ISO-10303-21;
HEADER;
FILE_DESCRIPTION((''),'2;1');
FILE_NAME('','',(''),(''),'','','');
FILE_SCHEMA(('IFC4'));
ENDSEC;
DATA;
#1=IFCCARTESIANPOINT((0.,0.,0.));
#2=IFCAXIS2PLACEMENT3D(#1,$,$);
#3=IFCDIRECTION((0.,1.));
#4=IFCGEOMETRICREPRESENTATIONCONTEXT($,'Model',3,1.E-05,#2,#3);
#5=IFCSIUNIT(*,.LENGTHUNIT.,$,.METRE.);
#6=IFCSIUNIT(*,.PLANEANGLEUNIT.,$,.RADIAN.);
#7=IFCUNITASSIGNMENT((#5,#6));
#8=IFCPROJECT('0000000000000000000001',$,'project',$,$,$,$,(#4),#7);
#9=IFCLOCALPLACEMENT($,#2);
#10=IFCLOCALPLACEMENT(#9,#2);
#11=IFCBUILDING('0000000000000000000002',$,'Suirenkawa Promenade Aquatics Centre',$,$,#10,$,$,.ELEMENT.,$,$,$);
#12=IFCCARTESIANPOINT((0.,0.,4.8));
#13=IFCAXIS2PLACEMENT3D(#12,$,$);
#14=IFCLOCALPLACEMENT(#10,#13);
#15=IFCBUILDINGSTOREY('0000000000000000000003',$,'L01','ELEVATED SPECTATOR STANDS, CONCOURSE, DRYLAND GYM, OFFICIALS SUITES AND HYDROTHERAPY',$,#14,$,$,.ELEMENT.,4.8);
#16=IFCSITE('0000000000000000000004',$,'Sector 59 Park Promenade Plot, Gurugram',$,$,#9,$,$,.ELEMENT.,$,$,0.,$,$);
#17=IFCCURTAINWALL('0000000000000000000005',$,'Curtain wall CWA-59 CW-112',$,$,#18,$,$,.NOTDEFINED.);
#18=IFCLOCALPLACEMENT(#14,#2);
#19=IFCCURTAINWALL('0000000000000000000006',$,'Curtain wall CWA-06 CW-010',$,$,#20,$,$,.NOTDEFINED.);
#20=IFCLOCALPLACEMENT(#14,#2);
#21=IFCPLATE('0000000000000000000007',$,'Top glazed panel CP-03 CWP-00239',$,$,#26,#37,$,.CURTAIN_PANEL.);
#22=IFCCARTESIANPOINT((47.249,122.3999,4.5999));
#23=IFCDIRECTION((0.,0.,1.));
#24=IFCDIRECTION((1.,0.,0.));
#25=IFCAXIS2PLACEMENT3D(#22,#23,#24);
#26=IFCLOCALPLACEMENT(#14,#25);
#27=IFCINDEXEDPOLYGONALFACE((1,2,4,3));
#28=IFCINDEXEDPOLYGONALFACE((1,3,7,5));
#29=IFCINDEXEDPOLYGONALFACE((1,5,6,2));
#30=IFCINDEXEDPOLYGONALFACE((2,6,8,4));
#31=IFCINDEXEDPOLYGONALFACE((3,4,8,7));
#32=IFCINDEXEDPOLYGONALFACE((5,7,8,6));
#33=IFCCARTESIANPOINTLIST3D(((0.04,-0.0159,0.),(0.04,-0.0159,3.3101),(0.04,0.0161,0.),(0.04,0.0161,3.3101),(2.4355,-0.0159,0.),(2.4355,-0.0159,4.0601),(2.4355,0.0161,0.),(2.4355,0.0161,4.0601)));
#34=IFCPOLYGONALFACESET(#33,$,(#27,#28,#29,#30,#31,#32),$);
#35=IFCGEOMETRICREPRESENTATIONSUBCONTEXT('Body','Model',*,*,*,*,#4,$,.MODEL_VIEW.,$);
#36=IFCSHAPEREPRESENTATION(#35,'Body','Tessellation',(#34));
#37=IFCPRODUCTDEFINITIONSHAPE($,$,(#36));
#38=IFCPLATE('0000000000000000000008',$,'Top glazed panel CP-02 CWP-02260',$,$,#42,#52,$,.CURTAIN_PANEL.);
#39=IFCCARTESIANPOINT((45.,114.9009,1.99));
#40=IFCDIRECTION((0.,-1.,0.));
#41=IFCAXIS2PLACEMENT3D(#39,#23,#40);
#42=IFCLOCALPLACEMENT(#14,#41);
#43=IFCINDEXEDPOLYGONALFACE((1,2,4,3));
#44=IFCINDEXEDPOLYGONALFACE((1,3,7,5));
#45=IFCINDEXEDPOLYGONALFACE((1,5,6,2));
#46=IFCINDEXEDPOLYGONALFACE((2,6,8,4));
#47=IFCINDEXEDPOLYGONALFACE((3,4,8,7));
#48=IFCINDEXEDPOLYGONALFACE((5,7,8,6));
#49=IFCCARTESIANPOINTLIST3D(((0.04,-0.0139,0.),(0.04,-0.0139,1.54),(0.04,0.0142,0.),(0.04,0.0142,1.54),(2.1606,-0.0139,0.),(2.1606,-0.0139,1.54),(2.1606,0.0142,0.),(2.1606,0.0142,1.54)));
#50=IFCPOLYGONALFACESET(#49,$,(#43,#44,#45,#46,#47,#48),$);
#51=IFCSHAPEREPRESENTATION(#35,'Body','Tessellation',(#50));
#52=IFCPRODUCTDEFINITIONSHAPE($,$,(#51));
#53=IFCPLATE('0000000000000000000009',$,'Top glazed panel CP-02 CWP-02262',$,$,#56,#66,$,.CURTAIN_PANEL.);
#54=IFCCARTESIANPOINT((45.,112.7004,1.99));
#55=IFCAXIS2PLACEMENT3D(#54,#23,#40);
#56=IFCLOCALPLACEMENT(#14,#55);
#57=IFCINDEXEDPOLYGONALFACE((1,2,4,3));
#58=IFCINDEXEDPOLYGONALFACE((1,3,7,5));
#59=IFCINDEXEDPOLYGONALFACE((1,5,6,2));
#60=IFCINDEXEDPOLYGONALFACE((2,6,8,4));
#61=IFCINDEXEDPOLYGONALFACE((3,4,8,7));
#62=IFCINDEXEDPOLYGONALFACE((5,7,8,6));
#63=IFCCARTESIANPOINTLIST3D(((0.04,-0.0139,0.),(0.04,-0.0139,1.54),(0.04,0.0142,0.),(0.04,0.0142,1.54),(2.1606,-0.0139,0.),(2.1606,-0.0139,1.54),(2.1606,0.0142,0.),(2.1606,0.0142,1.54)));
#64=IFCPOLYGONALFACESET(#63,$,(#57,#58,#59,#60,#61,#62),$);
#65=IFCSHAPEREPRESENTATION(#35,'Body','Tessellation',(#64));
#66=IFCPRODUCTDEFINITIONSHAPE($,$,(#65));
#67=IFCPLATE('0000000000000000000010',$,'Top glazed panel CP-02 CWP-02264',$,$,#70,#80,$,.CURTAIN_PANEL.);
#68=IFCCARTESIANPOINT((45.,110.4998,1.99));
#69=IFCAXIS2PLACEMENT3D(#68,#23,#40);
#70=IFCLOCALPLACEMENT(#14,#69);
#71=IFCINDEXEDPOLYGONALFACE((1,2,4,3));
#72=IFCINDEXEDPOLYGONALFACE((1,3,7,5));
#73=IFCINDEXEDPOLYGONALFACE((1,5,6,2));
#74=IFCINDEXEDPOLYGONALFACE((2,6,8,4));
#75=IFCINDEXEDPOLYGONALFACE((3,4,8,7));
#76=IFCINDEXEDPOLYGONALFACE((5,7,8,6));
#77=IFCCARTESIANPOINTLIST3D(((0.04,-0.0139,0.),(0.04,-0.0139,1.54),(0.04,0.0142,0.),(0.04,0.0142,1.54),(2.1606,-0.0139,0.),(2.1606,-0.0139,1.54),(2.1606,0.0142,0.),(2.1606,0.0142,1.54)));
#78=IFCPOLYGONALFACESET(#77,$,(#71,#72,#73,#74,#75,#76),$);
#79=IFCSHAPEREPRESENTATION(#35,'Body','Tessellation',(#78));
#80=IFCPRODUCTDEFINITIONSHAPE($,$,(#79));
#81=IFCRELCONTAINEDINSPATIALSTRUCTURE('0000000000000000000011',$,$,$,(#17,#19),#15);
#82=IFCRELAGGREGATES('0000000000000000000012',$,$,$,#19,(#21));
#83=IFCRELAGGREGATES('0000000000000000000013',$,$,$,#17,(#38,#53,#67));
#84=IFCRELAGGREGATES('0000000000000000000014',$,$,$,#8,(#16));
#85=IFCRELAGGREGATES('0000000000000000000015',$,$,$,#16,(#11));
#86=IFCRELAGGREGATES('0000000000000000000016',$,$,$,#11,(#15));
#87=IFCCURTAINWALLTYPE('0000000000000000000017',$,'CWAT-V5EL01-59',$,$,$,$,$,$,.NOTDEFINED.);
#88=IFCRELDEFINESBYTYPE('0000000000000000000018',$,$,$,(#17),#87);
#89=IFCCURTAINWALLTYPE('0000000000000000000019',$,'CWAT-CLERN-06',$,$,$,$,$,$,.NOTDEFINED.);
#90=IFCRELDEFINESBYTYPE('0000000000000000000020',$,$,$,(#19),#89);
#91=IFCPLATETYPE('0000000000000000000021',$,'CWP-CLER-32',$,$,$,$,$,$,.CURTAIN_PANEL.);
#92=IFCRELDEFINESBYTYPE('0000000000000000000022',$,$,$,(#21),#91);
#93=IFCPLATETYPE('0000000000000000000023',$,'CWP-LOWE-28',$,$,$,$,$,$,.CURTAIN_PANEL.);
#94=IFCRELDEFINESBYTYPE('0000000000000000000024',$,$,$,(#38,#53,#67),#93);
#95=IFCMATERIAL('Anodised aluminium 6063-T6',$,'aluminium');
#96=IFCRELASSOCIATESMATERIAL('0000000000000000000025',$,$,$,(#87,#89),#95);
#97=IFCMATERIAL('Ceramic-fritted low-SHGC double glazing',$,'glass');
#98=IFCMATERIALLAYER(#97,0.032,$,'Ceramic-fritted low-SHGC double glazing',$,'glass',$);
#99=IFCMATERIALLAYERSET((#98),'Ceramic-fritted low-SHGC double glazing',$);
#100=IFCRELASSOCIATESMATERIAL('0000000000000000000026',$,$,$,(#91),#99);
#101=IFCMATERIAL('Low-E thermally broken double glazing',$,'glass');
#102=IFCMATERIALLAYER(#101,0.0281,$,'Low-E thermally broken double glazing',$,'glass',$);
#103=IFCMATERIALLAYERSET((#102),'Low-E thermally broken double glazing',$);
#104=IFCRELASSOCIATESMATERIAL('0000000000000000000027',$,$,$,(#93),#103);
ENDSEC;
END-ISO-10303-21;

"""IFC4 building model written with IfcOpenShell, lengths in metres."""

from ifc_helpers import new_model, si_unit, direction, frame, origin, place, context, subcontext, project, spatial, polyline, outline, extrude, material, layer, layer_set, type_object, element, aggregate, save


model = new_model("IFC4")

# Units and contexts
model_context = context("Model", 3, precision=1e-05, world=origin(), true_north=direction((0.0, 1.0)))
body_context = subcontext(model_context, "Body", "Model", "MODEL_VIEW")
ifc_project = project(units=[si_unit("LENGTHUNIT", "METRE"), si_unit("PLANEANGLEUNIT", "RADIAN")], contexts=[model_context])

# Site, building, storey
site_placement = place(None, origin())
site = spatial("IfcSite", under=ifc_project, at=site_placement, Name="Sector 59 Park Promenade Plot, Gurugram", CompositionType="ELEMENT", RefElevation=0.0)
building_placement = place(site_placement, origin())
building = spatial("IfcBuilding", under=site, at=building_placement, Name="Suirenkawa Promenade Aquatics Centre", CompositionType="ELEMENT")
storey_placement = place(building_placement, frame((0.0, 0.0, 4.8)))
storey = spatial("IfcBuildingStorey", under=building, at=storey_placement, Name="L01", Description="ELEVATED SPECTATOR STANDS, CONCOURSE, DRYLAND GYM, OFFICIALS SUITES AND HYDROTHERAPY", CompositionType="ELEMENT", Elevation=4.8)

# Curtain wall
ifc_material_1 = material(Name="Anodised aluminium 6063-T6", Category="aluminium")
curtain_wall_type_1 = type_object("IfcCurtainWallType", Name="CWAT-V5EL01-59", PredefinedType="NOTDEFINED", material=ifc_material_1)
curtain_wall_1_placement = place(storey_placement, origin())
curtain_wall_1 = element("IfcCurtainWall", 1, at=curtain_wall_1_placement, inside=storey, type_object=curtain_wall_type_1, Name="Curtain wall CWA-59 CW-112", PredefinedType="NOTDEFINED")

# Curtain wall
curtain_wall_type_2 = type_object("IfcCurtainWallType", Name="CWAT-CLERN-06", PredefinedType="NOTDEFINED", material=ifc_material_1)
curtain_wall_2_placement = place(storey_placement, origin())
curtain_wall_2 = element("IfcCurtainWall", 2, at=curtain_wall_2_placement, inside=storey, type_object=curtain_wall_type_2, Name="Curtain wall CWA-06 CW-010", PredefinedType="NOTDEFINED")

# Plates
ifc_material_2 = material(Name="Ceramic-fritted low-SHGC double glazing", Category="glass")
ifc_layer_1 = layer(ifc_material_2, 0.032, Name="Ceramic-fritted low-SHGC double glazing", Category="glass")
ifc_layer_set_1 = layer_set([ifc_layer_1], Name="Ceramic-fritted low-SHGC double glazing")
plate_type_1 = type_object("IfcPlateType", Name="CWP-CLER-32", PredefinedType="CURTAIN_PANEL", material=ifc_layer_set_1)
plate_1_placement = place(storey_placement, frame((47.249, 122.3999, 4.5999), z_axis=(0.0, 0.0, 1.0), x_axis=(1.0, 0.0, 0.0)))
plate_1 = element("IfcPlate", 3, at=plate_1_placement, type_object=plate_type_1, Name="Top glazed panel CP-03 CWP-00239", PredefinedType="CURTAIN_PANEL", context=body_context, shape_type="SweptSolid", body=[
    extrude(outline(polyline([(0.04, 0.0), (2.4355, 0.0), (2.4355, 4.0601), (0.04, 3.3101), (0.04, 0.0)])), frame((0.0, 0.0161, 0.0), z_axis=(0.0, -1.0, 0.0), x_axis=(1.0, 0.0, 0.0)), (0.0, 0.0, 1.0), 0.032),
])
aggregate(curtain_wall_2, [plate_1])
ifc_material_3 = material(Name="Low-E thermally broken double glazing", Category="glass")
ifc_layer_2 = layer(ifc_material_3, 0.0281, Name="Low-E thermally broken double glazing", Category="glass")
ifc_layer_set_2 = layer_set([ifc_layer_2], Name="Low-E thermally broken double glazing")
plate_type_2 = type_object("IfcPlateType", Name="CWP-LOWE-28", PredefinedType="CURTAIN_PANEL", material=ifc_layer_set_2)
plate_2_placement = place(storey_placement, frame((45.0, 114.9009, 1.99), z_axis=(0.0, 0.0, 1.0), x_axis=(0.0, -1.0, 0.0)))
plate_2 = element("IfcPlate", 4, at=plate_2_placement, type_object=plate_type_2, Name="Top glazed panel CP-02 CWP-02260", PredefinedType="CURTAIN_PANEL", context=body_context, shape_type="SweptSolid", body=[
    extrude(outline(polyline([(0.04, 0.0), (2.1606, 0.0), (2.1606, 1.54), (0.04, 1.54), (0.04, 0.0)])), frame((0.0, 0.0142, 0.0), z_axis=(0.0, -1.0, 0.0), x_axis=(1.0, 0.0, 0.0)), (0.0, 0.0, 1.0), 0.0281),
])
plate_3_placement = place(storey_placement, frame((45.0, 112.7004, 1.99), z_axis=(0.0, 0.0, 1.0), x_axis=(0.0, -1.0, 0.0)))
plate_3 = element("IfcPlate", 5, at=plate_3_placement, type_object=plate_type_2, Name="Top glazed panel CP-02 CWP-02262", PredefinedType="CURTAIN_PANEL", context=body_context, shape_type="SweptSolid", body=[
    extrude(outline(polyline([(0.04, 0.0), (2.1606, 0.0), (2.1606, 1.54), (0.04, 1.54), (0.04, 0.0)])), frame((0.0, 0.0142, 0.0), z_axis=(0.0, -1.0, 0.0), x_axis=(1.0, 0.0, 0.0)), (0.0, 0.0, 1.0), 0.0281),
])
plate_4_placement = place(storey_placement, frame((45.0, 110.4998, 1.99), z_axis=(0.0, 0.0, 1.0), x_axis=(0.0, -1.0, 0.0)))
plate_4 = element("IfcPlate", 6, at=plate_4_placement, type_object=plate_type_2, Name="Top glazed panel CP-02 CWP-02264", PredefinedType="CURTAIN_PANEL", context=body_context, shape_type="SweptSolid", body=[
    extrude(outline(polyline([(0.04, 0.0), (2.1606, 0.0), (2.1606, 1.54), (0.04, 1.54), (0.04, 0.0)])), frame((0.0, 0.0142, 0.0), z_axis=(0.0, -1.0, 0.0), x_axis=(1.0, 0.0, 0.0)), (0.0, 0.0, 1.0), 0.0281),
])
aggregate(curtain_wall_1, [plate_2, plate_3, plate_4])

save(model, "model.ifc")
